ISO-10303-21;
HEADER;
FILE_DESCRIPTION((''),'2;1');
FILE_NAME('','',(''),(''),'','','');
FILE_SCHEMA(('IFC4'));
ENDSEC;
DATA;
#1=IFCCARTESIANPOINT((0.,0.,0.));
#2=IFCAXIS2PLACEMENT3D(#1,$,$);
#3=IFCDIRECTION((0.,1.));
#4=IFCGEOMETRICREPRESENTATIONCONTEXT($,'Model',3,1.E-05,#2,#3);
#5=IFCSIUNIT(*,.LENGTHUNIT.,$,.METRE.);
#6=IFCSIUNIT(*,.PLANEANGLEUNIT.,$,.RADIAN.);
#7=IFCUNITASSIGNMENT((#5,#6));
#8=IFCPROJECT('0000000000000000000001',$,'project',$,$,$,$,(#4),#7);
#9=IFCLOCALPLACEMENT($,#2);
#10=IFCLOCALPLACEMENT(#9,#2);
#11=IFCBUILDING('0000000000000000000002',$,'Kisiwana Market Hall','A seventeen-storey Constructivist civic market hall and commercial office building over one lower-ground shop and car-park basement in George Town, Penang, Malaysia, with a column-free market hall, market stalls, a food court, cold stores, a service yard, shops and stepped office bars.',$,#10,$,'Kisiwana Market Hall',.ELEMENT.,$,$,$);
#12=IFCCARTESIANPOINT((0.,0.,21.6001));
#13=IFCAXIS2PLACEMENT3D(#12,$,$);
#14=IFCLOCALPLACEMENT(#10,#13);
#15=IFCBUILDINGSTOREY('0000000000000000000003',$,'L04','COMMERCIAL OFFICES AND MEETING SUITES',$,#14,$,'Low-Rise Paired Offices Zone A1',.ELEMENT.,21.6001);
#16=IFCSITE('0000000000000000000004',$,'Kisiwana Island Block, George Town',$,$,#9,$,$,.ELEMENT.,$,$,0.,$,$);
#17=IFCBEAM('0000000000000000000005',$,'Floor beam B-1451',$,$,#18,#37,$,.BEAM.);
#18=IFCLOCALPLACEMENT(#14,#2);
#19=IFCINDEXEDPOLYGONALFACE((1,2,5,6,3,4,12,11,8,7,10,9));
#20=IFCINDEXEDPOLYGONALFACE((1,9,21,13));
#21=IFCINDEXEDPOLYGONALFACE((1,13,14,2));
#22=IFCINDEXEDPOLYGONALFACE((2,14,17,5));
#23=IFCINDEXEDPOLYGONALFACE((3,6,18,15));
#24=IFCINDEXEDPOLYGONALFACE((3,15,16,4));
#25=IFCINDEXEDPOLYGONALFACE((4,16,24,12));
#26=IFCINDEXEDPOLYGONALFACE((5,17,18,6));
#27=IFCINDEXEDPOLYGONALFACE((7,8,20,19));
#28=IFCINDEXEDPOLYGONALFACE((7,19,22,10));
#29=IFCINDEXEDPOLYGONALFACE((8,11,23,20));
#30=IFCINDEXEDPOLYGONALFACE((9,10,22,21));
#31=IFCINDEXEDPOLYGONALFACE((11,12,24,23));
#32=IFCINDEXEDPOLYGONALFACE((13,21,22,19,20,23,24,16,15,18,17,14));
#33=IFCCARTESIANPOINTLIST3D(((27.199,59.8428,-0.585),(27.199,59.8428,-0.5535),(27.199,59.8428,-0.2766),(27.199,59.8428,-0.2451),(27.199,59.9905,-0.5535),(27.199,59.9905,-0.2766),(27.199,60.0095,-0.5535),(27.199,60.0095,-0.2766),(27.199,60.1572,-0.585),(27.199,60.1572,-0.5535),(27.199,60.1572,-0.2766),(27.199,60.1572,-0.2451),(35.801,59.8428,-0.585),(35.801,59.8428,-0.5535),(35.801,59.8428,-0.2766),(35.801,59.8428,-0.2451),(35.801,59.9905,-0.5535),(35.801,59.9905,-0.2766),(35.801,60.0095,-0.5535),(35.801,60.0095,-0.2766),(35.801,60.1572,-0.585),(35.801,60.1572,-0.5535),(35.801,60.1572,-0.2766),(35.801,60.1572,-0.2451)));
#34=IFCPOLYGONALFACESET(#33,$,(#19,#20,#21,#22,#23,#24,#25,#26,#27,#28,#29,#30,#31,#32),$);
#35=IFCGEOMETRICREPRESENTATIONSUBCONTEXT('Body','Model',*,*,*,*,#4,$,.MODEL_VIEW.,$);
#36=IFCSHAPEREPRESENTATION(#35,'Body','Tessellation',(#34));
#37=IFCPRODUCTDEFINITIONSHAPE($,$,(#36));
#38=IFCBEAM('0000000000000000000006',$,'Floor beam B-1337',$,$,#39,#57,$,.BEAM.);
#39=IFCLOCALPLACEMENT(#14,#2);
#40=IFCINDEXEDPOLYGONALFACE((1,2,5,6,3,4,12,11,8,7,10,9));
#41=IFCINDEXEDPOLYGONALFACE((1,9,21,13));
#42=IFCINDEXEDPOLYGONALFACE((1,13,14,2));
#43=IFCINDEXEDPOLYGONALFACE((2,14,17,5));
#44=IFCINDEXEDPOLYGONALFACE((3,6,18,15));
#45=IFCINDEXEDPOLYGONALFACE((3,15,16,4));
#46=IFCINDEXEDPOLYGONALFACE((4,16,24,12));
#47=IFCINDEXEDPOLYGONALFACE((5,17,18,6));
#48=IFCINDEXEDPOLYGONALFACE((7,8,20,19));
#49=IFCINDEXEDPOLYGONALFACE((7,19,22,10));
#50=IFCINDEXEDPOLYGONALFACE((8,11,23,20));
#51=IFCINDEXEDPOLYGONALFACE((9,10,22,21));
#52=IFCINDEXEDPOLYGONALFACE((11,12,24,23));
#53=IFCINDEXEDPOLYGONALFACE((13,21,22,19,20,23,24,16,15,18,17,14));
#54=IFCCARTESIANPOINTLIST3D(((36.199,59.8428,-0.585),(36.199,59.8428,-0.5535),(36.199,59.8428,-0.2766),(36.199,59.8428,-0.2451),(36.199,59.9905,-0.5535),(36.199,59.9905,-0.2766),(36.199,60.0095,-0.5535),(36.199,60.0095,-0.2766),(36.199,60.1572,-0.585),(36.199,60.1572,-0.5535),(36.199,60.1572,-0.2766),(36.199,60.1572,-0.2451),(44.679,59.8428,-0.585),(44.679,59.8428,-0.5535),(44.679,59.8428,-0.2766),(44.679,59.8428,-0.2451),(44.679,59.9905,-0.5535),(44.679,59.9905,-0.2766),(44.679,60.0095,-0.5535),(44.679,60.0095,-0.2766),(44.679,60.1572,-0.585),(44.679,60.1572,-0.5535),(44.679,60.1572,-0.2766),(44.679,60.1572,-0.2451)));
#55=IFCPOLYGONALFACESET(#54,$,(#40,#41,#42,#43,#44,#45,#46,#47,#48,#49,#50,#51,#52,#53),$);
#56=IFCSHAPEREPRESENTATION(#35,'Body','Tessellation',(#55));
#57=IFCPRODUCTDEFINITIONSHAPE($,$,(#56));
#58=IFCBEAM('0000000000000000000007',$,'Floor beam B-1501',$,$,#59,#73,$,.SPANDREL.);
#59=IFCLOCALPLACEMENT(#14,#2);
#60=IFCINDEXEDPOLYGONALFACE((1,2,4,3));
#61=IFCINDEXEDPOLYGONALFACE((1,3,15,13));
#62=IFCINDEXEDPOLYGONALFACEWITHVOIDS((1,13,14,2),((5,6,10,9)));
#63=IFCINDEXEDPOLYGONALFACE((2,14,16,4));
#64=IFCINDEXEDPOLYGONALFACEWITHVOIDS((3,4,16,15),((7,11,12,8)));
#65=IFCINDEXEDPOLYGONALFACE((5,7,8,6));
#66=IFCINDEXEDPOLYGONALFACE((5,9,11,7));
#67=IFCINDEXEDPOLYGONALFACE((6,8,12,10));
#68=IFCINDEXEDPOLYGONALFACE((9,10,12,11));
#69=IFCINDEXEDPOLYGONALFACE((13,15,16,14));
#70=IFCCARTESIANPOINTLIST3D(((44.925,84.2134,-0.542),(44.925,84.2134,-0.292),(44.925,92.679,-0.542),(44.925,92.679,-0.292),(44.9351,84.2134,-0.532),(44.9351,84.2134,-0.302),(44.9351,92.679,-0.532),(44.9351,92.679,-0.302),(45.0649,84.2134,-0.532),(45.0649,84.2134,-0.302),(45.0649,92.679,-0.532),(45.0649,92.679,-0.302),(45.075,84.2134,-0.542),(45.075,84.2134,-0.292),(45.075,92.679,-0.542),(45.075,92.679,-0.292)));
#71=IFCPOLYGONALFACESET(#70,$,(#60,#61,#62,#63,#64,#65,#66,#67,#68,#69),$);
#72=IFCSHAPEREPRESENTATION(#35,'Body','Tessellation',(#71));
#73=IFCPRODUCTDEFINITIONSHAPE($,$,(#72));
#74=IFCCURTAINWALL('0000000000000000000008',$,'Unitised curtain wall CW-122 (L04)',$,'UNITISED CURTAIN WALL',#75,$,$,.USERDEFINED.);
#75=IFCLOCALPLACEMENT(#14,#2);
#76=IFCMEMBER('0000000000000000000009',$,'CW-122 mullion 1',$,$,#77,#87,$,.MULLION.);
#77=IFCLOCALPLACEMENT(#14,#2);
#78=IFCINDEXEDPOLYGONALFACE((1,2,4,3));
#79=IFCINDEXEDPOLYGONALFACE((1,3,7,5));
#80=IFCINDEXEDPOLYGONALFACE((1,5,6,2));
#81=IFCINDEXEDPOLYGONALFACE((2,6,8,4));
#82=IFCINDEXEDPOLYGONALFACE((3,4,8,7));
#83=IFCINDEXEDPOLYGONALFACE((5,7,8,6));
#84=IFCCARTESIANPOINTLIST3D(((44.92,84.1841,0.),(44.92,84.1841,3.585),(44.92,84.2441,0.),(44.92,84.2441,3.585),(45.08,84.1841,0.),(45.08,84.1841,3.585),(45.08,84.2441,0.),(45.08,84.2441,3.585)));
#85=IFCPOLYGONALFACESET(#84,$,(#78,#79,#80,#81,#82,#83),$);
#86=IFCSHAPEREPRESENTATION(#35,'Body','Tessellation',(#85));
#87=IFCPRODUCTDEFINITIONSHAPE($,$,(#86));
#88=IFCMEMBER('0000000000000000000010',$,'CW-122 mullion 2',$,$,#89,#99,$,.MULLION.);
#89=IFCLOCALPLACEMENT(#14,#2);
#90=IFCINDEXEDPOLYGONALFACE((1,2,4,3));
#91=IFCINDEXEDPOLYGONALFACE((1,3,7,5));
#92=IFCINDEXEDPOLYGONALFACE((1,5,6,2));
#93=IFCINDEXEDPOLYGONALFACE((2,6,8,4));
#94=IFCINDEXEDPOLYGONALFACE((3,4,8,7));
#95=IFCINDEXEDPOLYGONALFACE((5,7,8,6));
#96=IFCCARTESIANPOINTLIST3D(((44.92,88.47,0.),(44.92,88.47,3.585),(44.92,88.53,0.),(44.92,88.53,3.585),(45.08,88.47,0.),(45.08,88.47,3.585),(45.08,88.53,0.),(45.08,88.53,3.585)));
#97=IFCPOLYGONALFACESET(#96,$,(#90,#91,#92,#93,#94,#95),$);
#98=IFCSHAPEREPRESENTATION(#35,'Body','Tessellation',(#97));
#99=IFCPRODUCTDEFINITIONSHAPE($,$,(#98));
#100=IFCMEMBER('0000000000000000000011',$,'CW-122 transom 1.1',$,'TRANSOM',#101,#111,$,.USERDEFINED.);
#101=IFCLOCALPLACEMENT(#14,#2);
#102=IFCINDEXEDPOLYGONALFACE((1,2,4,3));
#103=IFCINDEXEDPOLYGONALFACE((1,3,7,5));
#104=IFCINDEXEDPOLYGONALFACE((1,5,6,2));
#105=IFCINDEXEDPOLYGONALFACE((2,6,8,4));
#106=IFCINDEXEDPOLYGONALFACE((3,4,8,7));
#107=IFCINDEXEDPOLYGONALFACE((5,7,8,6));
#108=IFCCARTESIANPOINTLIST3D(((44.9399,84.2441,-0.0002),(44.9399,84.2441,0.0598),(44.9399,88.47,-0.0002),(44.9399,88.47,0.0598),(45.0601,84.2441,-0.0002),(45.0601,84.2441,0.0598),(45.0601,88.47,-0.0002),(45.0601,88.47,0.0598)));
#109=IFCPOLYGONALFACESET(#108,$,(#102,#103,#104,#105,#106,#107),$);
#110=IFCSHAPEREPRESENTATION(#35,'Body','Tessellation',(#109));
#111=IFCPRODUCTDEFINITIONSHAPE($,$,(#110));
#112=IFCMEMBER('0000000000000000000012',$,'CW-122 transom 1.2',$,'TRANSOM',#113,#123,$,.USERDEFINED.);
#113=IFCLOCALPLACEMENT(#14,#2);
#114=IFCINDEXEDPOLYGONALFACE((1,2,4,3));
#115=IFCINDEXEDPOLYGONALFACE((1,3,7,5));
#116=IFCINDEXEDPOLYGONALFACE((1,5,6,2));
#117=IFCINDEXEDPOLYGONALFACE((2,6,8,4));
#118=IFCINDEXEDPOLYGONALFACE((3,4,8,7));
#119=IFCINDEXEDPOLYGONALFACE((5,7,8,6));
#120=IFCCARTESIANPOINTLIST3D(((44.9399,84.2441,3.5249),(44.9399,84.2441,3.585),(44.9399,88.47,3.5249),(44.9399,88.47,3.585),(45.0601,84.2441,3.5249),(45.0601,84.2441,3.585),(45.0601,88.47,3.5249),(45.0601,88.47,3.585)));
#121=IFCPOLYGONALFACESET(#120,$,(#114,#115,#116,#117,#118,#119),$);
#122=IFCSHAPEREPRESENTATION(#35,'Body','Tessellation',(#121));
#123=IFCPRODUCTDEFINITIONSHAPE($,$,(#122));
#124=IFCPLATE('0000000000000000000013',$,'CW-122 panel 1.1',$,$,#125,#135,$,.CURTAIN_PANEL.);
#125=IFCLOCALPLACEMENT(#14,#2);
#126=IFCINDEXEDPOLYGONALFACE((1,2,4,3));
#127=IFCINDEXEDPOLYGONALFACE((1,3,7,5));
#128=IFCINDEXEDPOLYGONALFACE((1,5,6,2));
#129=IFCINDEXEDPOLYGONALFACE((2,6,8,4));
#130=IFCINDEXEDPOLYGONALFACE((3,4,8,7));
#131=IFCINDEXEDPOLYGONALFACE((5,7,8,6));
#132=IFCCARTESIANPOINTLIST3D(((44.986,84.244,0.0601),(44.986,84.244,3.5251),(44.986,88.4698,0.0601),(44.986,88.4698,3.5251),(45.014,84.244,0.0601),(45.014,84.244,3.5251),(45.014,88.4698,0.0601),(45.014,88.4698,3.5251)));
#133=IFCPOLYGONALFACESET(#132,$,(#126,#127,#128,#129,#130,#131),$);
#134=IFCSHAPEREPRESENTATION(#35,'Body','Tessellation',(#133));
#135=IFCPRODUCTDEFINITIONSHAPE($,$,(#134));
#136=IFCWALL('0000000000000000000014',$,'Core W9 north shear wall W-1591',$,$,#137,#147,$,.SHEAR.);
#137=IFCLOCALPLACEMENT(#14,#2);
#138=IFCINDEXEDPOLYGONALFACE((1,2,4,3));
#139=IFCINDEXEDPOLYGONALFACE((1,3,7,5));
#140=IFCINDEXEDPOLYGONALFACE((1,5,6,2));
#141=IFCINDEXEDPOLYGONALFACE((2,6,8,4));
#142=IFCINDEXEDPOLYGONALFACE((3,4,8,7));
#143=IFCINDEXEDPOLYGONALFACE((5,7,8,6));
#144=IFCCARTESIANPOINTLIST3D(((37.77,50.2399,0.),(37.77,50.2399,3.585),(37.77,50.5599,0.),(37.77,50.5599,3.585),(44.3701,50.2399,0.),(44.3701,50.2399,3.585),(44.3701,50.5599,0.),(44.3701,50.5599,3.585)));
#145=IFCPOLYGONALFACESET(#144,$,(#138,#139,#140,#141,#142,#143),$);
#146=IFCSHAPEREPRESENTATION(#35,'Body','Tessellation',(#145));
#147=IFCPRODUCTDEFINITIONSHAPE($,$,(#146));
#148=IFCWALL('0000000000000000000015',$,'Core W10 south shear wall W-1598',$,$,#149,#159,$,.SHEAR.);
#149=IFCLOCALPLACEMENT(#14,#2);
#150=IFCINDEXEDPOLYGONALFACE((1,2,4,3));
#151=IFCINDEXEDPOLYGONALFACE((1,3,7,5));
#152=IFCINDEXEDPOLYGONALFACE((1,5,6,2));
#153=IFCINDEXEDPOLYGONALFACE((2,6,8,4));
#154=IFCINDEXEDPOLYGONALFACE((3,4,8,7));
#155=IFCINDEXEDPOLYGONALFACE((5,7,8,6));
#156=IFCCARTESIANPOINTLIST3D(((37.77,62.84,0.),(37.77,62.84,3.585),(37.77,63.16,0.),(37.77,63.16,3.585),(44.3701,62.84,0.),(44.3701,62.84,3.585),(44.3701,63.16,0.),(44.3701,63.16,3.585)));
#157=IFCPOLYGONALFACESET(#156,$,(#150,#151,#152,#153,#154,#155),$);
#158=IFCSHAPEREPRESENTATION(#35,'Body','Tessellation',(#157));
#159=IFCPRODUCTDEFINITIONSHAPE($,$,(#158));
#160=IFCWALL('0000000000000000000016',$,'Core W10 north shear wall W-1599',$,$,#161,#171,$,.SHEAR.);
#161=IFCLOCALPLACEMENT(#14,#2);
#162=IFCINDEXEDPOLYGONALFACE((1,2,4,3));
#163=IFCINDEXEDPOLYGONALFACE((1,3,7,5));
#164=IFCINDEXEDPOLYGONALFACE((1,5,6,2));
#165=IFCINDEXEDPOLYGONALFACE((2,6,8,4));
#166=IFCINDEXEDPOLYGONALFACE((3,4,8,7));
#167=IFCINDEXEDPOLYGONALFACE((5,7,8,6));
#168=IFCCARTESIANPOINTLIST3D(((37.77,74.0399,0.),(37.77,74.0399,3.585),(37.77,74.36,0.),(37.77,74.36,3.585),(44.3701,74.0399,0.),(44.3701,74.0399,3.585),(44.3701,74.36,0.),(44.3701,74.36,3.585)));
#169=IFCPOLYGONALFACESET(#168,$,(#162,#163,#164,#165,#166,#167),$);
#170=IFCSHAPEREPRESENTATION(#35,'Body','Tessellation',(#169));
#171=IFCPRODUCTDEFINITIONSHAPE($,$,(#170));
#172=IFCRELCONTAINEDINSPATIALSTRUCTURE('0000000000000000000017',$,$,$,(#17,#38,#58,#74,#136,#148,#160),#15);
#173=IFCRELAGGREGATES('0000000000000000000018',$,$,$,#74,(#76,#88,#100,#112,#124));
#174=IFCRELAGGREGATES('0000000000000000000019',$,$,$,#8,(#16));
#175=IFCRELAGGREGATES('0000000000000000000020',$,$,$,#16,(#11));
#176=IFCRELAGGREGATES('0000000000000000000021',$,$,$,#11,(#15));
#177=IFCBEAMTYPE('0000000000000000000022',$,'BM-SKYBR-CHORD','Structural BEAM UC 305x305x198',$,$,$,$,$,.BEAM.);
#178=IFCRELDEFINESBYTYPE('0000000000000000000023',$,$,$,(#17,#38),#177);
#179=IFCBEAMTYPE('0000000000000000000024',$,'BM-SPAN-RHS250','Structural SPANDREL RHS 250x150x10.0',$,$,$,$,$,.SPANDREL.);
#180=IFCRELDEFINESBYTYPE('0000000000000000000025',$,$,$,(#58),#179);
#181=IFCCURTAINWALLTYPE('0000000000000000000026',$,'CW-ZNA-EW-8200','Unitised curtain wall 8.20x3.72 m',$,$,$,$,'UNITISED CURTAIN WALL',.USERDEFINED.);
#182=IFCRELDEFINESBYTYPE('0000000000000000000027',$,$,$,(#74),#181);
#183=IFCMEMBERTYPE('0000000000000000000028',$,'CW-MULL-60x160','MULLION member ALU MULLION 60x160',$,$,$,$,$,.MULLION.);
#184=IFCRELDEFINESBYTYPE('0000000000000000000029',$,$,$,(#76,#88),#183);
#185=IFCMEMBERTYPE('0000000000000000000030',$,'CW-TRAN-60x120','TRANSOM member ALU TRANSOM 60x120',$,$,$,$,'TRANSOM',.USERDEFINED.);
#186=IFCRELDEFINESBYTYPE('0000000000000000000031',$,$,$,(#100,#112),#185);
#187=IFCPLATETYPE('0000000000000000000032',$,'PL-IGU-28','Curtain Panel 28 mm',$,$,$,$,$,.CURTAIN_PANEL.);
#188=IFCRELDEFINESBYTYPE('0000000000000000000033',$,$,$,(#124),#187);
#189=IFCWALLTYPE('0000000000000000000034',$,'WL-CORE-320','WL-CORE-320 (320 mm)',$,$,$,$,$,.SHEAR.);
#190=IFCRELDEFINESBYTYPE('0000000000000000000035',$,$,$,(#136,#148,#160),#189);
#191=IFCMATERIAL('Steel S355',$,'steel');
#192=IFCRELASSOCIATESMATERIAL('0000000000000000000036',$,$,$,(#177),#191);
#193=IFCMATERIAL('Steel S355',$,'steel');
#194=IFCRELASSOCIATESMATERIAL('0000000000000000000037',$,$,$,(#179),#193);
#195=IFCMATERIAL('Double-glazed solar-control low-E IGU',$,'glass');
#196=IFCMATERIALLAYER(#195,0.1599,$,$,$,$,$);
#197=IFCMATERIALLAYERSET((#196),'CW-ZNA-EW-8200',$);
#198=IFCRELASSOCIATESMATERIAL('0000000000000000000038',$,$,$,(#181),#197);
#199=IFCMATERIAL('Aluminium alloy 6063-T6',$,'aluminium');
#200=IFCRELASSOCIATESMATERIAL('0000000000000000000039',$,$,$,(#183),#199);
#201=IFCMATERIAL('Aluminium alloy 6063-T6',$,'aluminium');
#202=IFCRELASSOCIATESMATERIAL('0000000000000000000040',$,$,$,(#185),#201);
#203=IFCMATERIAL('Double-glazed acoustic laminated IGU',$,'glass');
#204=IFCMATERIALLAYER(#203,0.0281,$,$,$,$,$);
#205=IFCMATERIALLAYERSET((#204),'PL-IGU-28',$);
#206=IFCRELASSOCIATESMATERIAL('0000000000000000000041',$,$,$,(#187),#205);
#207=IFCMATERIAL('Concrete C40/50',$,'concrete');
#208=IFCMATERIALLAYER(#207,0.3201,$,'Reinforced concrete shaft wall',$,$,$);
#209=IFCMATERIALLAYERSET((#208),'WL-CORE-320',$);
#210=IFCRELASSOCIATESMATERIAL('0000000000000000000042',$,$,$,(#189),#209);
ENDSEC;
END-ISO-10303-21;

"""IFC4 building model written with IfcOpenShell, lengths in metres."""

from ifc_helpers import new_model, si_unit, direction, frame, frame_2d, origin, origin_2d, place, context, subcontext, project, spatial, rectangle, hollow_rectangle, i_section, extrude, material, layer, layer_set, material_profile, profile_set, type_object, element, aggregate, save


model = new_model("IFC4")

# Units and contexts
model_context = context("Model", 3, precision=1e-05, world=origin(), true_north=direction((0.0, 1.0)))
body_context = subcontext(model_context, "Body", "Model", "MODEL_VIEW")
ifc_project = project(units=[si_unit("LENGTHUNIT", "METRE"), si_unit("PLANEANGLEUNIT", "RADIAN")], contexts=[model_context])

# Site, building, storey
site_placement = place(None, origin())
site = spatial("IfcSite", under=ifc_project, at=site_placement, Name="Kisiwana Island Block, George Town", CompositionType="ELEMENT", RefElevation=0.0)
building_placement = place(site_placement, origin())
building = spatial("IfcBuilding", under=site, at=building_placement, Name="Kisiwana Market Hall", Description="A seventeen-storey Constructivist civic market hall and commercial office building over one lower-ground shop and car-park basement in George Town, Penang, Malaysia, with a column-free market hall, market stalls, a food court, cold stores, a service yard, shops and stepped office bars.", LongName="Kisiwana Market Hall", CompositionType="ELEMENT")
storey_placement = place(building_placement, frame((0.0, 0.0, 21.6001)))
storey = spatial("IfcBuildingStorey", under=building, at=storey_placement, Name="L04", Description="COMMERCIAL OFFICES AND MEETING SUITES", LongName="Low-Rise Paired Offices Zone A1", CompositionType="ELEMENT", Elevation=21.6001)

# Beams
ifc_material_1 = material(Name="Steel S355", Category="steel")
ifc_material_profile_1 = material_profile(ifc_material_1, i_section(OverallWidth=0.3145, OverallDepth=0.3398, WebThickness=0.019, FlangeThickness=0.0315, at=origin_2d()), Name="UC 305x305x198")
ifc_profile_set_1 = profile_set([ifc_material_profile_1], Name="Steel S355")
beam_type_1 = type_object("IfcBeamType", Name="BM-SKYBR-CHORD", Description="Structural BEAM UC 305x305x198", PredefinedType="BEAM", material=ifc_profile_set_1)
beam_1_placement = place(storey_placement, frame((27.199, 60.0, -0.415), z_axis=(1.0, 0.0, 0.0), x_axis=(0.0, 1.0, 0.0)))
element("IfcBeam", 1, at=beam_1_placement, inside=storey, type_object=beam_type_1, Name="Floor beam B-1451", PredefinedType="BEAM", context=body_context, shape_type="SweptSolid", body=[
    extrude(i_section(OverallWidth=0.3145, OverallDepth=0.3398, WebThickness=0.019, FlangeThickness=0.0315, at=origin_2d()), origin(), (0.0, 0.0, 1.0), 8.6021),
])
beam_2_placement = place(storey_placement, frame((36.199, 60.0, -0.415), z_axis=(1.0, 0.0, 0.0), x_axis=(0.0, 1.0, 0.0)))
element("IfcBeam", 2, at=beam_2_placement, inside=storey, type_object=beam_type_1, Name="Floor beam B-1337", PredefinedType="BEAM", context=body_context, shape_type="SweptSolid", body=[
    extrude(i_section(OverallWidth=0.3145, OverallDepth=0.3398, WebThickness=0.019, FlangeThickness=0.0315, at=origin_2d()), origin(), (0.0, 0.0, 1.0), 8.48),
])
ifc_material_2 = material(Name="Steel S355", Category="steel")
ifc_material_profile_2 = material_profile(ifc_material_2, hollow_rectangle(XDim=0.1499, YDim=0.25, WallThickness=0.01, at=origin_2d()), Name="RHS 250x150x10.0")
ifc_profile_set_2 = profile_set([ifc_material_profile_2], Name="Steel S355")
beam_type_2 = type_object("IfcBeamType", Name="BM-SPAN-RHS250", Description="Structural SPANDREL RHS 250x150x10.0", PredefinedType="SPANDREL", material=ifc_profile_set_2)
beam_3_placement = place(storey_placement, frame((45.0, 84.2134, -0.417), z_axis=(0.0, 1.0, 0.0), x_axis=(-1.0, 0.0, 0.0)))
element("IfcBeam", 3, at=beam_3_placement, inside=storey, type_object=beam_type_2, Name="Floor beam B-1501", PredefinedType="SPANDREL", context=body_context, shape_type="SweptSolid", body=[
    extrude(hollow_rectangle(XDim=0.1499, YDim=0.25, WallThickness=0.01, at=origin_2d()), origin(), (0.0, 0.0, 1.0), 8.4656),
])

# Curtain wall, members, plate
ifc_material_3 = material(Name="Double-glazed solar-control low-E IGU", Category="glass")
ifc_layer_1 = layer(ifc_material_3, 0.1599)
ifc_layer_set_1 = layer_set([ifc_layer_1], Name="CW-ZNA-EW-8200")
curtain_wall_type = type_object("IfcCurtainWallType", Name="CW-ZNA-EW-8200", Description="Unitised curtain wall 8.20x3.72 m", ElementType="UNITISED CURTAIN WALL", PredefinedType="USERDEFINED", material=ifc_layer_set_1)
curtain_wall_placement = place(storey_placement, origin())
curtain_wall = element("IfcCurtainWall", 4, at=curtain_wall_placement, inside=storey, type_object=curtain_wall_type, Name="Unitised curtain wall CW-122 (L04)", ObjectType="UNITISED CURTAIN WALL", PredefinedType="USERDEFINED")
ifc_material_4 = material(Name="Aluminium alloy 6063-T6", Category="aluminium")
ifc_material_profile_3 = material_profile(ifc_material_4, rectangle(XDim=0.0601, YDim=0.1599, at=origin_2d()), Name="ALU MULLION 60x160")
ifc_profile_set_3 = profile_set([ifc_material_profile_3], Name="Aluminium alloy 6063-T6")
member_type_1 = type_object("IfcMemberType", Name="CW-MULL-60x160", Description="MULLION member ALU MULLION 60x160", PredefinedType="MULLION", material=ifc_profile_set_3)
member_1_placement = place(storey_placement, frame((45.0, 84.2141, 0.0), z_axis=(0.0, 0.0, 1.0), x_axis=(0.0, 1.0, 0.0)))
member_1 = element("IfcMember", 5, at=member_1_placement, type_object=member_type_1, Name="CW-122 mullion 1", PredefinedType="MULLION", context=body_context, shape_type="SweptSolid", body=[
    extrude(rectangle(XDim=0.0601, YDim=0.1599, at=origin_2d()), origin(), (0.0, 0.0, 1.0), 3.585),
])
member_2_placement = place(storey_placement, frame((45.0, 88.5, 0.0), z_axis=(0.0, 0.0, 1.0), x_axis=(0.0, 1.0, 0.0)))
member_2 = element("IfcMember", 6, at=member_2_placement, type_object=member_type_1, Name="CW-122 mullion 2", PredefinedType="MULLION", context=body_context, shape_type="SweptSolid", body=[
    extrude(rectangle(XDim=0.0601, YDim=0.1599, at=origin_2d()), origin(), (0.0, 0.0, 1.0), 3.585),
])
ifc_material_5 = material(Name="Aluminium alloy 6063-T6", Category="aluminium")
ifc_material_profile_4 = material_profile(ifc_material_5, rectangle(XDim=0.1201, YDim=0.0601, at=origin_2d()), Name="ALU TRANSOM 60x120")
ifc_profile_set_4 = profile_set([ifc_material_profile_4], Name="Aluminium alloy 6063-T6")
member_type_2 = type_object("IfcMemberType", Name="CW-TRAN-60x120", Description="TRANSOM member ALU TRANSOM 60x120", ElementType="TRANSOM", PredefinedType="USERDEFINED", material=ifc_profile_set_4)
member_3_placement = place(storey_placement, frame((45.0, 84.2441, 0.0298), z_axis=(0.0, 1.0, 0.0), x_axis=(-1.0, 0.0, 0.0)))
member_3 = element("IfcMember", 7, at=member_3_placement, type_object=member_type_2, Name="CW-122 transom 1.1", ObjectType="TRANSOM", PredefinedType="USERDEFINED", context=body_context, shape_type="SweptSolid", body=[
    extrude(rectangle(XDim=0.1201, YDim=0.0601, at=origin_2d()), origin(), (0.0, 0.0, 1.0), 4.2258),
])
member_4_placement = place(storey_placement, frame((45.0, 84.2441, 3.5549), z_axis=(0.0, 1.0, 0.0), x_axis=(-1.0, 0.0, 0.0)))
member_4 = element("IfcMember", 8, at=member_4_placement, type_object=member_type_2, Name="CW-122 transom 1.2", ObjectType="TRANSOM", PredefinedType="USERDEFINED", context=body_context, shape_type="SweptSolid", body=[
    extrude(rectangle(XDim=0.1201, YDim=0.0601, at=origin_2d()), origin(), (0.0, 0.0, 1.0), 4.2258),
])
ifc_material_6 = material(Name="Double-glazed acoustic laminated IGU", Category="glass")
ifc_layer_2 = layer(ifc_material_6, 0.0281)
ifc_layer_set_2 = layer_set([ifc_layer_2], Name="PL-IGU-28")
plate_type = type_object("IfcPlateType", Name="PL-IGU-28", Description="Curtain Panel 28 mm", PredefinedType="CURTAIN_PANEL", material=ifc_layer_set_2)
plate_placement = place(storey_placement, frame((45.0, 86.3569, 0.0601), z_axis=(0.0, 0.0, 1.0), x_axis=(0.0, 1.0, 0.0)))
plate = element("IfcPlate", 9, at=plate_placement, type_object=plate_type, Name="CW-122 panel 1.1", PredefinedType="CURTAIN_PANEL", context=body_context, shape_type="SweptSolid", body=[
    extrude(rectangle(XDim=4.2258, YDim=0.0281, at=origin_2d()), origin(), (0.0, 0.0, 1.0), 3.4651),
])
aggregate(curtain_wall, [member_1, member_2, member_3, member_4, plate])

# Walls
ifc_material_7 = material(Name="Concrete C40/50", Category="concrete")
ifc_layer_3 = layer(ifc_material_7, 0.3201, Name="Reinforced concrete shaft wall")
ifc_layer_set_3 = layer_set([ifc_layer_3], Name="WL-CORE-320")
wall_type_1 = type_object("IfcWallType", Name="WL-CORE-320", Description="WL-CORE-320 (320 mm)", PredefinedType="SHEAR", material=ifc_layer_set_3)
for number, where, z_axis, x_axis, name in (
    (10, (37.77, 50.3999, 0.0), (0.0, 0.0, 1.0), (1.0, 0.0, 0.0), "Core W9 north shear wall W-1591"),
    (11, (37.77, 63.0, 0.0), (0.0, 0.0, 1.0), (1.0, 0.0, 0.0), "Core W10 south shear wall W-1598"),
    (12, (37.77, 74.2, 0.0), (0.0, 0.0, 1.0), (1.0, 0.0, 0.0), "Core W10 north shear wall W-1599"),
):
    element("IfcWall", number, at=place(storey_placement, frame(where, z_axis=z_axis, x_axis=x_axis)), inside=storey, type_object=wall_type_1, Name=name, PredefinedType="SHEAR", context=body_context, shape_type="SweptSolid", body=[
        extrude(rectangle(XDim=6.6001, YDim=0.3201, at=frame_2d((3.3, 0.0))), origin(), (0.0, 0.0, 1.0), 3.585),
    ])

save(model, "model.ifc")
